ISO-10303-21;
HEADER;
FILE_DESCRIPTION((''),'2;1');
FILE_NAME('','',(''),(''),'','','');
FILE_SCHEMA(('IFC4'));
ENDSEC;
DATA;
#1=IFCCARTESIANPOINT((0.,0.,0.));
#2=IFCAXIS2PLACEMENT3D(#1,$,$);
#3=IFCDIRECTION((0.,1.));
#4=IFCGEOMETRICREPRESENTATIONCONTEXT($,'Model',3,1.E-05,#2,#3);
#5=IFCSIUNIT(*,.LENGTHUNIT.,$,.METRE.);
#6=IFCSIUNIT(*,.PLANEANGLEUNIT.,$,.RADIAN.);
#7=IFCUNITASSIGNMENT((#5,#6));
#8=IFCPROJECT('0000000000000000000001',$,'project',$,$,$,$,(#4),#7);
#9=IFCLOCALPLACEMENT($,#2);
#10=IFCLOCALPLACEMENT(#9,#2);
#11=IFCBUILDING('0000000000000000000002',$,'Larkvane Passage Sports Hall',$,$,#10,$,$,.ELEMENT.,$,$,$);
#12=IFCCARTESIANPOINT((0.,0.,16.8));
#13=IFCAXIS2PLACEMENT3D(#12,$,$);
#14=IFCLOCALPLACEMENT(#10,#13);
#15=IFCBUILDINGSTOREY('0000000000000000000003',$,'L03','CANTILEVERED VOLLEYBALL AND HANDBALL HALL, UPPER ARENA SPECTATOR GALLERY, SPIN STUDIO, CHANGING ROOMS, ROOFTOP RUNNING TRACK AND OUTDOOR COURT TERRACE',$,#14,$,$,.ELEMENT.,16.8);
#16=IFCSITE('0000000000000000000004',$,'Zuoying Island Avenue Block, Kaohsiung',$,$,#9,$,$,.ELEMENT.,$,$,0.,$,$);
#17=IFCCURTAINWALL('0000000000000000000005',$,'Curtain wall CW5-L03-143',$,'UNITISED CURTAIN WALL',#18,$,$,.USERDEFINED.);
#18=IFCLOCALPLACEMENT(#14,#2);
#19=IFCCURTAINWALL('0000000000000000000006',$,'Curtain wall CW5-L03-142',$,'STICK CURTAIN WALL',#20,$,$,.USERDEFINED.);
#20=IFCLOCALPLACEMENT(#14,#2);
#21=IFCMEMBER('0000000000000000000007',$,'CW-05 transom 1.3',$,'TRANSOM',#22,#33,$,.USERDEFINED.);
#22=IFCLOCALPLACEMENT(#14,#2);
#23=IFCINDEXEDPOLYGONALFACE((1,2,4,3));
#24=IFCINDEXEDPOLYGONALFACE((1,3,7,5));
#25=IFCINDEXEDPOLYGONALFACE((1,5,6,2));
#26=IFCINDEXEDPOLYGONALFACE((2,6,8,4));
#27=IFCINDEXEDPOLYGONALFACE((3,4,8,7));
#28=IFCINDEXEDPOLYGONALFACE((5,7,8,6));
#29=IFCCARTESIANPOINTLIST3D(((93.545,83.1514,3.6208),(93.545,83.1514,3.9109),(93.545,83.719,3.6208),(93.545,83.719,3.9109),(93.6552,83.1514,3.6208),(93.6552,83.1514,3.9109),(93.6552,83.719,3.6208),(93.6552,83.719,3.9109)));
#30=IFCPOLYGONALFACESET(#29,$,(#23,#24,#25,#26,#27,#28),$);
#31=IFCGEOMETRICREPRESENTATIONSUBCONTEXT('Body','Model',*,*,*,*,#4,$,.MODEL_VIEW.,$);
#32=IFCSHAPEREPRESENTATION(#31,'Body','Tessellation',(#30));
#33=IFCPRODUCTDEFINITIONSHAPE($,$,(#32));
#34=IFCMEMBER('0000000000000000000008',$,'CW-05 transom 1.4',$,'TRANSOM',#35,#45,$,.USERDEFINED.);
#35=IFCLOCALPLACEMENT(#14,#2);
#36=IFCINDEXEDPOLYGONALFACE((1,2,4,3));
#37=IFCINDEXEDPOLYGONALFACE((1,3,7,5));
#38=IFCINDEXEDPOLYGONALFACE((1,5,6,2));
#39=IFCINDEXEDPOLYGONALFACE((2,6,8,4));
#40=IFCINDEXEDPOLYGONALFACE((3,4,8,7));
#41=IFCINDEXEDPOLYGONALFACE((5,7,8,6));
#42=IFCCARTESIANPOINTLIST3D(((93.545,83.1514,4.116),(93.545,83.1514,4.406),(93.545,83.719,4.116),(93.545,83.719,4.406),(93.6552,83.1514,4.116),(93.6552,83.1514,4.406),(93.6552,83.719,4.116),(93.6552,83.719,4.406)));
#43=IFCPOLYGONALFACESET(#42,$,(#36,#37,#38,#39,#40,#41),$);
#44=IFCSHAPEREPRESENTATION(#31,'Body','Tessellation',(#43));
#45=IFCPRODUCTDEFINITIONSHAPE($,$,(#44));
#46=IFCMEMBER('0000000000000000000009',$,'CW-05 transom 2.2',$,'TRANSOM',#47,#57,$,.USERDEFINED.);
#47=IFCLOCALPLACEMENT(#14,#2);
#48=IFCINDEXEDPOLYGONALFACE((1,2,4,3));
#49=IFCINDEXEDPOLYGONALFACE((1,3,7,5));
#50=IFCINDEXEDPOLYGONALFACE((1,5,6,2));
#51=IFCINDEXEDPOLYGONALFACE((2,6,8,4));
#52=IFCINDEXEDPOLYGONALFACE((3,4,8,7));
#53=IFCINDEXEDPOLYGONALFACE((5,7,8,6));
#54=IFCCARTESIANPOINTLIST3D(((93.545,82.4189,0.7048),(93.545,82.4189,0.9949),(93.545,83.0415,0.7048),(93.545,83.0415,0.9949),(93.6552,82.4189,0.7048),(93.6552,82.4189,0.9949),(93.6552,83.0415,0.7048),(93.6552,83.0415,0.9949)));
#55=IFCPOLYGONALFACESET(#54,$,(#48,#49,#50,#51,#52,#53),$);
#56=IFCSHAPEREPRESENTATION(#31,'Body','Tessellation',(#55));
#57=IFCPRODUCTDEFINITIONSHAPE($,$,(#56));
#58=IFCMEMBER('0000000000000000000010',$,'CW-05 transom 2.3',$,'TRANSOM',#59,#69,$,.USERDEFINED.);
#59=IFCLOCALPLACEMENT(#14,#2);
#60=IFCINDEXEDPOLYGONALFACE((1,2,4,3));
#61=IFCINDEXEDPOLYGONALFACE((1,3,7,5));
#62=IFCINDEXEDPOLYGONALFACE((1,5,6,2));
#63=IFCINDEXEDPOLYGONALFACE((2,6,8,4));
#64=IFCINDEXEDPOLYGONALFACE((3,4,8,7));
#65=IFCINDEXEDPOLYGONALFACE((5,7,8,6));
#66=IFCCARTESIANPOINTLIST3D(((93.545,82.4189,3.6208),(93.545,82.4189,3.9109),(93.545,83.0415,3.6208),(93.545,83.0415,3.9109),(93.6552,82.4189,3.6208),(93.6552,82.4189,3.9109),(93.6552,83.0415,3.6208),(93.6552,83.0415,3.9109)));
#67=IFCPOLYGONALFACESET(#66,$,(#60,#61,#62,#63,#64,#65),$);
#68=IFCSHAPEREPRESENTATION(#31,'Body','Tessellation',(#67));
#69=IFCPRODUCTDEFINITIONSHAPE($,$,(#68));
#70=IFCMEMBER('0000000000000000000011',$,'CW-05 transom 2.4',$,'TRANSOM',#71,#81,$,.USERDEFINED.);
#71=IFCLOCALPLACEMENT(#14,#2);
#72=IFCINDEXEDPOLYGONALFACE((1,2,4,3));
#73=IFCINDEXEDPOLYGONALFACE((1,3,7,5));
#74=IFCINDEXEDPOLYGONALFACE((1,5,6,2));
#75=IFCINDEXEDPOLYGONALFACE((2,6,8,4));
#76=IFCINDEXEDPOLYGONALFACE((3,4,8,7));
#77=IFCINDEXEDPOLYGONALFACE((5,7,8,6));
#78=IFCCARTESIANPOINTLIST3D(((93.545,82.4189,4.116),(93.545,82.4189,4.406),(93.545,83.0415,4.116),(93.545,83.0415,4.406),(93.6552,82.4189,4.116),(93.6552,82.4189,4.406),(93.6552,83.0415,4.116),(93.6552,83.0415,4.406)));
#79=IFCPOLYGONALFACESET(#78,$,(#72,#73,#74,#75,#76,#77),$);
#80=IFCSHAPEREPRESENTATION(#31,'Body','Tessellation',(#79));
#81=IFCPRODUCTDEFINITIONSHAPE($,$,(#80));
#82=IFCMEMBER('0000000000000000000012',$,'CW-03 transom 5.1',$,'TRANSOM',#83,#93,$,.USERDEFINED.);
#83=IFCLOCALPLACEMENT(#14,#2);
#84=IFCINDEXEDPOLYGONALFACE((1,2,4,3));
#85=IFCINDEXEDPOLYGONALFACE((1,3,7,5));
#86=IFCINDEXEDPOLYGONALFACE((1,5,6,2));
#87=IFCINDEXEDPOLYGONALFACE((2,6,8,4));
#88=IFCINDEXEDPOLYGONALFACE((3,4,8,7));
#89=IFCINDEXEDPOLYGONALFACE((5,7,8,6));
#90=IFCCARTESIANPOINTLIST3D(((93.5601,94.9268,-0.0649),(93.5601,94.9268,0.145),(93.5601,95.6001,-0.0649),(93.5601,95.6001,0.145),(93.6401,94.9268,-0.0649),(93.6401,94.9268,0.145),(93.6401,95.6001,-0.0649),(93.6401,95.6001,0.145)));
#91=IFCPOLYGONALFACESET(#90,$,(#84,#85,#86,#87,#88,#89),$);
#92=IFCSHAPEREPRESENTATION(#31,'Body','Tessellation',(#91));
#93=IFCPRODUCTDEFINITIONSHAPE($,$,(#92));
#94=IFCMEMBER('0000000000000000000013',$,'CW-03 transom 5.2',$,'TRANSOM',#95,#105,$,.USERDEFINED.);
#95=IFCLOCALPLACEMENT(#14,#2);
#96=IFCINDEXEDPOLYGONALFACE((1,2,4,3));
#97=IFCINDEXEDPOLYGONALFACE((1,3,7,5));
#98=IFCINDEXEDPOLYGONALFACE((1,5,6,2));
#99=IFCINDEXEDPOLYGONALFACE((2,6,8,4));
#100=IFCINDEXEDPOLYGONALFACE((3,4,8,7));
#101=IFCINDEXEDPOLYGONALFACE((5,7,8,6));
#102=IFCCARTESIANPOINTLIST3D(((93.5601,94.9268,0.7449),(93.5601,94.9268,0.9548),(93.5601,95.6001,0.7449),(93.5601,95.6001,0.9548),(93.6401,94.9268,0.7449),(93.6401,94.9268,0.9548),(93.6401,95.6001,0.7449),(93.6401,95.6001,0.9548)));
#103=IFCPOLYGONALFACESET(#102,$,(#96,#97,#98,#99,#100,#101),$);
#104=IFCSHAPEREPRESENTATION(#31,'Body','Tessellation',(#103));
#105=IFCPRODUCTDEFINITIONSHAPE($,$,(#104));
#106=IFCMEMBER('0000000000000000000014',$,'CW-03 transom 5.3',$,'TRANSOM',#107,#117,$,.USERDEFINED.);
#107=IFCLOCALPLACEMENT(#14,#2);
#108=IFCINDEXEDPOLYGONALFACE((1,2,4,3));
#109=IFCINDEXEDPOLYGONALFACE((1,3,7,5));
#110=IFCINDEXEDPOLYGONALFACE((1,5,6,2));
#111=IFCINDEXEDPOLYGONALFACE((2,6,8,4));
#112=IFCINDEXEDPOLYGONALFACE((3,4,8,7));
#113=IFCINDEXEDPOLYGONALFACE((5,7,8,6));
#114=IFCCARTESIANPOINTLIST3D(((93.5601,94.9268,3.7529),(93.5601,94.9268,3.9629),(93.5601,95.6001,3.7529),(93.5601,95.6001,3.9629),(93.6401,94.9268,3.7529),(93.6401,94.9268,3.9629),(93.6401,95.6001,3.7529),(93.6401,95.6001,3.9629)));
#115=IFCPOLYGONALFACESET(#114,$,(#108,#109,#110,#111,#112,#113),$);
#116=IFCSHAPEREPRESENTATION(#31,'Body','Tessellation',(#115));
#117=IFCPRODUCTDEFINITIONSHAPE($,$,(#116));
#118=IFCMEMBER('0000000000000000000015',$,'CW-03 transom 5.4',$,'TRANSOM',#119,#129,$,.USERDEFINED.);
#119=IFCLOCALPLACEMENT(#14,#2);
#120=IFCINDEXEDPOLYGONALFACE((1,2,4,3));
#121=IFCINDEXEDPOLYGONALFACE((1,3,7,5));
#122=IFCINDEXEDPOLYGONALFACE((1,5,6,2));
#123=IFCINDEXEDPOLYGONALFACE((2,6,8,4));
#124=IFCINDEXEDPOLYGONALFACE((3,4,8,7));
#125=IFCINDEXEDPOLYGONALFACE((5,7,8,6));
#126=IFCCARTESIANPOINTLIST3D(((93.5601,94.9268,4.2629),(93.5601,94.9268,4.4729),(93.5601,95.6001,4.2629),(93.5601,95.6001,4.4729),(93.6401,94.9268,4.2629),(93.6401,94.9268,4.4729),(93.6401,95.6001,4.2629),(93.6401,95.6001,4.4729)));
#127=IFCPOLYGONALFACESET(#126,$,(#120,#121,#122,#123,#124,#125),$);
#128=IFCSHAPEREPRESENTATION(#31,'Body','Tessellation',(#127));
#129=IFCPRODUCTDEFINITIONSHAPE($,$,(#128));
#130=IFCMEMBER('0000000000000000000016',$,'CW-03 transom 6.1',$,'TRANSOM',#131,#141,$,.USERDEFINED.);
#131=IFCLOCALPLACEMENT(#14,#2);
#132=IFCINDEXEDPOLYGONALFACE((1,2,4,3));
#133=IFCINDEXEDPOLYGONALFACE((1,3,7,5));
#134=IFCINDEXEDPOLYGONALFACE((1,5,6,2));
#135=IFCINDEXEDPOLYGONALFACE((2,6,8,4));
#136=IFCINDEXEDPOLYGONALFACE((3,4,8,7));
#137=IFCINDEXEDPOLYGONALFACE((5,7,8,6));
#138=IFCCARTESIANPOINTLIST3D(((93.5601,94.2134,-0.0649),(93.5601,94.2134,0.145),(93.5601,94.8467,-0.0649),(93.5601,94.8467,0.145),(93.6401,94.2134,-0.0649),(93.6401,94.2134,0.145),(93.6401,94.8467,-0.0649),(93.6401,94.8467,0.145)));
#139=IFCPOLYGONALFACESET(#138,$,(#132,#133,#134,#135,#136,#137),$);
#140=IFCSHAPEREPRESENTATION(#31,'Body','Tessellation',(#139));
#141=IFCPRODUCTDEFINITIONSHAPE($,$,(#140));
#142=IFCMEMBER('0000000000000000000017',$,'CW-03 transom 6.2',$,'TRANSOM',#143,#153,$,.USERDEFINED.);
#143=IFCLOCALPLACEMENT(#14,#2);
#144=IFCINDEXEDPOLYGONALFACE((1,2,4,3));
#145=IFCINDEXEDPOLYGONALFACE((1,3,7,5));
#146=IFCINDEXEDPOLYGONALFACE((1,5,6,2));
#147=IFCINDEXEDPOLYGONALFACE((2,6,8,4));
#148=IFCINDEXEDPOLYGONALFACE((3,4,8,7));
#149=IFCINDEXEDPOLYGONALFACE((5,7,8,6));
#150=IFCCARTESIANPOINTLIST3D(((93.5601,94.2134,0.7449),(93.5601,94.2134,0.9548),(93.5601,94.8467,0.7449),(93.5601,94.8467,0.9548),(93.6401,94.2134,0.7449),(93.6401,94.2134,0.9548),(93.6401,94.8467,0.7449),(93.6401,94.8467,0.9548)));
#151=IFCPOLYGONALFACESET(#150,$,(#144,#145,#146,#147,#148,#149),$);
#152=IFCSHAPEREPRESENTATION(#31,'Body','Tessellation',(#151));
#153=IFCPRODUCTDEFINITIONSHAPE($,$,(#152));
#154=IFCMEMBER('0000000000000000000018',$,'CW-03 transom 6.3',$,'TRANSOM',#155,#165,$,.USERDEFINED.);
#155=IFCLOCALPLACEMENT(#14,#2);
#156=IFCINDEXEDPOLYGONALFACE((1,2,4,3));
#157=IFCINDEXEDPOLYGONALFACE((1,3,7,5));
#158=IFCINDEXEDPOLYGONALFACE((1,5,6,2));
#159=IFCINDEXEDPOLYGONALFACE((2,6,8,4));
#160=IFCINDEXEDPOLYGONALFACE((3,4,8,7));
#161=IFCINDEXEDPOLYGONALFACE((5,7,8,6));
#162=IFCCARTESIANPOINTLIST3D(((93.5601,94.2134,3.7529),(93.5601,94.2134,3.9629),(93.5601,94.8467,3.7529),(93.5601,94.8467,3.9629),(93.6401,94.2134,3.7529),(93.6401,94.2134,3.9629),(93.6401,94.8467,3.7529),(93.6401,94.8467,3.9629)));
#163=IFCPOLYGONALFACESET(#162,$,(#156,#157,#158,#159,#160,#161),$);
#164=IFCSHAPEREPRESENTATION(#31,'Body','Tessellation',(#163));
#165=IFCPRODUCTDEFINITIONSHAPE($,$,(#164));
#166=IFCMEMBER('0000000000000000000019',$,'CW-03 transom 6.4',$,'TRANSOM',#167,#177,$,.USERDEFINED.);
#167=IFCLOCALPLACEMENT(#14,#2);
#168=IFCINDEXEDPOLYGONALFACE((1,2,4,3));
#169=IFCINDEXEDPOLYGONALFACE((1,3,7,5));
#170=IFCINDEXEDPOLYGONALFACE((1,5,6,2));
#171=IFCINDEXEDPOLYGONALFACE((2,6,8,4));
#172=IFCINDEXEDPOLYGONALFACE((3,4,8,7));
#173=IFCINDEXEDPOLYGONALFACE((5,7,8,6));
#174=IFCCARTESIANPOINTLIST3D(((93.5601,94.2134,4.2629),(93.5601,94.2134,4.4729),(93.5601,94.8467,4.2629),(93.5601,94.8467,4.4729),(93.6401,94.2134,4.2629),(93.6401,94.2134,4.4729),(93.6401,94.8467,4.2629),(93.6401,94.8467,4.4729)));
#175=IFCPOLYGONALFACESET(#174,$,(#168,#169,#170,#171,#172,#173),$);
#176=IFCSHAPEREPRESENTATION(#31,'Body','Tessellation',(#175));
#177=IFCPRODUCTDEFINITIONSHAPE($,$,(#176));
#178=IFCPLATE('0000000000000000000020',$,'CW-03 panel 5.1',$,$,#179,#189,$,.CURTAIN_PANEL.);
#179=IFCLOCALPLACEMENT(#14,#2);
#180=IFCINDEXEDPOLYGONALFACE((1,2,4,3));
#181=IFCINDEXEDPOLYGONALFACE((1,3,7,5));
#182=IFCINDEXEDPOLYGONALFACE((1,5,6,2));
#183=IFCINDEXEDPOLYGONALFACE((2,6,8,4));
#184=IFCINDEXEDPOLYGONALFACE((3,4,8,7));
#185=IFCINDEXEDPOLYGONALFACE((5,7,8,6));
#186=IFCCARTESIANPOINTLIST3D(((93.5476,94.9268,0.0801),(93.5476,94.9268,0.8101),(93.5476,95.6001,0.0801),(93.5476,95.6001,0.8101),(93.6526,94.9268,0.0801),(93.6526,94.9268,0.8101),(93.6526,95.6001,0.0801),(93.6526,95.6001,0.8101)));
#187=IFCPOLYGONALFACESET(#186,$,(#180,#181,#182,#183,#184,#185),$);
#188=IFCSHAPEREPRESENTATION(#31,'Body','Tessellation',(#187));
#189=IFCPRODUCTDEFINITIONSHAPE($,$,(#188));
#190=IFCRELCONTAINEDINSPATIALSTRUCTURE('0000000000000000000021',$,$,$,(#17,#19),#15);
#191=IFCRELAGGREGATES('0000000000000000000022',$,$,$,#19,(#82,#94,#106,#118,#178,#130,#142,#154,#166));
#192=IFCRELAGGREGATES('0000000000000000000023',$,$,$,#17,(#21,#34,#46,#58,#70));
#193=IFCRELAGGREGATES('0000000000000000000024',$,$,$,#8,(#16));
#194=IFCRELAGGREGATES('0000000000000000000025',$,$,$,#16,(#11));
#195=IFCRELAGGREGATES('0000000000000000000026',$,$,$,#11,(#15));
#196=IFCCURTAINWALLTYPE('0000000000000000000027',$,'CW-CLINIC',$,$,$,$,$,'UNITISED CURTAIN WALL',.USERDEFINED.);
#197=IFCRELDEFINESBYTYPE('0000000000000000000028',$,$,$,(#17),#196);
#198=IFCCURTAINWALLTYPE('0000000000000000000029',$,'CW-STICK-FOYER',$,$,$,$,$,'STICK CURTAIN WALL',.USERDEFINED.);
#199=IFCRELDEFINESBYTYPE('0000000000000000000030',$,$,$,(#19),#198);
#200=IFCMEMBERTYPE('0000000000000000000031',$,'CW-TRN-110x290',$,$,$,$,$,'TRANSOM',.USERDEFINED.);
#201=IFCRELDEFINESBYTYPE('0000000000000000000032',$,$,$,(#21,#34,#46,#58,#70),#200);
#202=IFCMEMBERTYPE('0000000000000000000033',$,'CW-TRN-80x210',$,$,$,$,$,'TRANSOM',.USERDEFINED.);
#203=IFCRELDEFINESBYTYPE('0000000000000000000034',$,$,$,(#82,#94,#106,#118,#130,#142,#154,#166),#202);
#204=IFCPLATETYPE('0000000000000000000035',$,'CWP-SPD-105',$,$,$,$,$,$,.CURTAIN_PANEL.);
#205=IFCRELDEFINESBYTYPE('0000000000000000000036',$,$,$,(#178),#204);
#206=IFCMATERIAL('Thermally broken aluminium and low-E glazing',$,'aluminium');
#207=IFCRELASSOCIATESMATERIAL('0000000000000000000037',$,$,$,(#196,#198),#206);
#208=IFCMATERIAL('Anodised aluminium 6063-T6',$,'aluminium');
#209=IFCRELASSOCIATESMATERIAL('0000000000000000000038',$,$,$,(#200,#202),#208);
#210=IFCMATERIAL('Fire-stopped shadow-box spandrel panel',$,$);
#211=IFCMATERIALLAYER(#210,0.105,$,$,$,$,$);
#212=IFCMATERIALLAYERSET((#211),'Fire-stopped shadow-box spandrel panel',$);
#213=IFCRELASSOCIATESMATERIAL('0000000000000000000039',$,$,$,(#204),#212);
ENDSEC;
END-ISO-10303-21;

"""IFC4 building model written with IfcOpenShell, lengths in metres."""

from ifc_helpers import new_model, si_unit, direction, frame, origin, origin_2d, place, context, subcontext, project, spatial, rectangle, extrude, material, layer, layer_set, material_profile, profile_set, type_object, element, aggregate, save


model = new_model("IFC4")

# Units and contexts
model_context = context("Model", 3, precision=1e-05, world=origin(), true_north=direction((0.0, 1.0)))
body_context = subcontext(model_context, "Body", "Model", "MODEL_VIEW")
ifc_project = project(units=[si_unit("LENGTHUNIT", "METRE"), si_unit("PLANEANGLEUNIT", "RADIAN")], contexts=[model_context])

# Site, building, storey
site_placement = place(None, origin())
site = spatial("IfcSite", under=ifc_project, at=site_placement, Name="Zuoying Island Avenue Block, Kaohsiung", CompositionType="ELEMENT", RefElevation=0.0)
building_placement = place(site_placement, origin())
building = spatial("IfcBuilding", under=site, at=building_placement, Name="Larkvane Passage Sports Hall", CompositionType="ELEMENT")
storey_placement = place(building_placement, frame((0.0, 0.0, 16.8)))
storey = spatial("IfcBuildingStorey", under=building, at=storey_placement, Name="L03", Description="CANTILEVERED VOLLEYBALL AND HANDBALL HALL, UPPER ARENA SPECTATOR GALLERY, SPIN STUDIO, CHANGING ROOMS, ROOFTOP RUNNING TRACK AND OUTDOOR COURT TERRACE", CompositionType="ELEMENT", Elevation=16.8)

# Curtain walls
ifc_material_1 = material(Name="Thermally broken aluminium and low-E glazing", Category="aluminium")
curtain_wall_type_1 = type_object("IfcCurtainWallType", Name="CW-CLINIC", ElementType="UNITISED CURTAIN WALL", PredefinedType="USERDEFINED", material=ifc_material_1)
curtain_wall_1_placement = place(storey_placement, origin())
curtain_wall_1 = element("IfcCurtainWall", 1, at=curtain_wall_1_placement, inside=storey, type_object=curtain_wall_type_1, Name="Curtain wall CW5-L03-143", ObjectType="UNITISED CURTAIN WALL", PredefinedType="USERDEFINED")
ifc_material_2 = material(Name="Anodised aluminium 6063-T6", Category="aluminium")
curtain_wall_type_2 = type_object("IfcCurtainWallType", Name="CW-STICK-FOYER", ElementType="STICK CURTAIN WALL", PredefinedType="USERDEFINED", material=ifc_material_1)
curtain_wall_2_placement = place(storey_placement, origin())
curtain_wall_2 = element("IfcCurtainWall", 2, at=curtain_wall_2_placement, inside=storey, type_object=curtain_wall_type_2, Name="Curtain wall CW5-L03-142", ObjectType="STICK CURTAIN WALL", PredefinedType="USERDEFINED")

# Members
ifc_material_profile_1 = material_profile(ifc_material_2, rectangle(XDim=0.1101, YDim=0.29, at=origin_2d()), Name="ALU-TRN-110x290")
ifc_profile_set_1 = profile_set([ifc_material_profile_1], Name="Anodised aluminium 6063-T6")
member_type_1 = type_object("IfcMemberType", Name="CW-TRN-110x290", ElementType="TRANSOM", PredefinedType="USERDEFINED", material=ifc_profile_set_1)
member_1_placement = place(storey_placement, frame((93.6001, 83.719, 3.7659), z_axis=(0.0, -1.0, 0.0), x_axis=(1.0, 0.0, 0.0)))
member_1 = element("IfcMember", 3, at=member_1_placement, type_object=member_type_1, Name="CW-05 transom 1.3", ObjectType="TRANSOM", PredefinedType="USERDEFINED", context=body_context, shape_type="SweptSolid", body=[
    extrude(rectangle(XDim=0.1101, YDim=0.29, at=origin_2d()), origin(), (0.0, 0.0, 1.0), 0.5676),
])
member_2_placement = place(storey_placement, frame((93.6001, 83.719, 4.261), z_axis=(0.0, -1.0, 0.0), x_axis=(1.0, 0.0, 0.0)))
member_2 = element("IfcMember", 4, at=member_2_placement, type_object=member_type_1, Name="CW-05 transom 1.4", ObjectType="TRANSOM", PredefinedType="USERDEFINED", context=body_context, shape_type="SweptSolid", body=[
    extrude(rectangle(XDim=0.1101, YDim=0.29, at=origin_2d()), origin(), (0.0, 0.0, 1.0), 0.5676),
])
member_3_placement = place(storey_placement, frame((93.6001, 83.0415, 0.8499), z_axis=(0.0, -1.0, 0.0), x_axis=(1.0, 0.0, 0.0)))
member_3 = element("IfcMember", 5, at=member_3_placement, type_object=member_type_1, Name="CW-05 transom 2.2", ObjectType="TRANSOM", PredefinedType="USERDEFINED", context=body_context, shape_type="SweptSolid", body=[
    extrude(rectangle(XDim=0.1101, YDim=0.29, at=origin_2d()), origin(), (0.0, 0.0, 1.0), 0.6226),
])
member_4_placement = place(storey_placement, frame((93.6001, 83.0415, 3.7659), z_axis=(0.0, -1.0, 0.0), x_axis=(1.0, 0.0, 0.0)))
member_4 = element("IfcMember", 6, at=member_4_placement, type_object=member_type_1, Name="CW-05 transom 2.3", ObjectType="TRANSOM", PredefinedType="USERDEFINED", context=body_context, shape_type="SweptSolid", body=[
    extrude(rectangle(XDim=0.1101, YDim=0.29, at=origin_2d()), origin(), (0.0, 0.0, 1.0), 0.6226),
])
member_5_placement = place(storey_placement, frame((93.6001, 83.0415, 4.261), z_axis=(0.0, -1.0, 0.0), x_axis=(1.0, 0.0, 0.0)))
member_5 = element("IfcMember", 7, at=member_5_placement, type_object=member_type_1, Name="CW-05 transom 2.4", ObjectType="TRANSOM", PredefinedType="USERDEFINED", context=body_context, shape_type="SweptSolid", body=[
    extrude(rectangle(XDim=0.1101, YDim=0.29, at=origin_2d()), origin(), (0.0, 0.0, 1.0), 0.6226),
])
ifc_material_profile_2 = material_profile(ifc_material_2, rectangle(XDim=0.0801, YDim=0.21, at=origin_2d()), Name="ALU-TRN-80x210")
ifc_profile_set_2 = profile_set([ifc_material_profile_2], Name="Anodised aluminium 6063-T6")
member_type_2 = type_object("IfcMemberType", Name="CW-TRN-80x210", ElementType="TRANSOM", PredefinedType="USERDEFINED", material=ifc_profile_set_2)
member_6_placement = place(storey_placement, frame((93.6001, 95.6001, 0.04), z_axis=(0.0, -1.0, 0.0), x_axis=(1.0, 0.0, 0.0)))
member_6 = element("IfcMember", 8, at=member_6_placement, type_object=member_type_2, Name="CW-03 transom 5.1", ObjectType="TRANSOM", PredefinedType="USERDEFINED", context=body_context, shape_type="SweptSolid", body=[
    extrude(rectangle(XDim=0.0801, YDim=0.21, at=origin_2d()), origin(), (0.0, 0.0, 1.0), 0.6733),
])
member_7_placement = place(storey_placement, frame((93.6001, 95.6001, 0.8499), z_axis=(0.0, -1.0, 0.0), x_axis=(1.0, 0.0, 0.0)))
member_7 = element("IfcMember", 9, at=member_7_placement, type_object=member_type_2, Name="CW-03 transom 5.2", ObjectType="TRANSOM", PredefinedType="USERDEFINED", context=body_context, shape_type="SweptSolid", body=[
    extrude(rectangle(XDim=0.0801, YDim=0.21, at=origin_2d()), origin(), (0.0, 0.0, 1.0), 0.6733),
])
member_8_placement = place(storey_placement, frame((93.6001, 95.6001, 3.8579), z_axis=(0.0, -1.0, 0.0), x_axis=(1.0, 0.0, 0.0)))
member_8 = element("IfcMember", 10, at=member_8_placement, type_object=member_type_2, Name="CW-03 transom 5.3", ObjectType="TRANSOM", PredefinedType="USERDEFINED", context=body_context, shape_type="SweptSolid", body=[
    extrude(rectangle(XDim=0.0801, YDim=0.21, at=origin_2d()), origin(), (0.0, 0.0, 1.0), 0.6733),
])
member_9_placement = place(storey_placement, frame((93.6001, 95.6001, 4.3679), z_axis=(0.0, -1.0, 0.0), x_axis=(1.0, 0.0, 0.0)))
member_9 = element("IfcMember", 11, at=member_9_placement, type_object=member_type_2, Name="CW-03 transom 5.4", ObjectType="TRANSOM", PredefinedType="USERDEFINED", context=body_context, shape_type="SweptSolid", body=[
    extrude(rectangle(XDim=0.0801, YDim=0.21, at=origin_2d()), origin(), (0.0, 0.0, 1.0), 0.6733),
])
member_10_placement = place(storey_placement, frame((93.6001, 94.8467, 0.04), z_axis=(0.0, -1.0, 0.0), x_axis=(1.0, 0.0, 0.0)))
member_10 = element("IfcMember", 12, at=member_10_placement, type_object=member_type_2, Name="CW-03 transom 6.1", ObjectType="TRANSOM", PredefinedType="USERDEFINED", context=body_context, shape_type="SweptSolid", body=[
    extrude(rectangle(XDim=0.0801, YDim=0.21, at=origin_2d()), origin(), (0.0, 0.0, 1.0), 0.6333),
])
member_11_placement = place(storey_placement, frame((93.6001, 94.8467, 0.8499), z_axis=(0.0, -1.0, 0.0), x_axis=(1.0, 0.0, 0.0)))
member_11 = element("IfcMember", 13, at=member_11_placement, type_object=member_type_2, Name="CW-03 transom 6.2", ObjectType="TRANSOM", PredefinedType="USERDEFINED", context=body_context, shape_type="SweptSolid", body=[
    extrude(rectangle(XDim=0.0801, YDim=0.21, at=origin_2d()), origin(), (0.0, 0.0, 1.0), 0.6333),
])
member_12_placement = place(storey_placement, frame((93.6001, 94.8467, 3.8579), z_axis=(0.0, -1.0, 0.0), x_axis=(1.0, 0.0, 0.0)))
member_12 = element("IfcMember", 14, at=member_12_placement, type_object=member_type_2, Name="CW-03 transom 6.3", ObjectType="TRANSOM", PredefinedType="USERDEFINED", context=body_context, shape_type="SweptSolid", body=[
    extrude(rectangle(XDim=0.0801, YDim=0.21, at=origin_2d()), origin(), (0.0, 0.0, 1.0), 0.6333),
])
member_13_placement = place(storey_placement, frame((93.6001, 94.8467, 4.3679), z_axis=(0.0, -1.0, 0.0), x_axis=(1.0, 0.0, 0.0)))
member_13 = element("IfcMember", 15, at=member_13_placement, type_object=member_type_2, Name="CW-03 transom 6.4", ObjectType="TRANSOM", PredefinedType="USERDEFINED", context=body_context, shape_type="SweptSolid", body=[
    extrude(rectangle(XDim=0.0801, YDim=0.21, at=origin_2d()), origin(), (0.0, 0.0, 1.0), 0.6333),
])

# Plate
ifc_material_3 = material(Name="Fire-stopped shadow-box spandrel panel")
ifc_layer_1 = layer(ifc_material_3, 0.105)
ifc_layer_set_1 = layer_set([ifc_layer_1], Name="Fire-stopped shadow-box spandrel panel")
plate_type_1 = type_object("IfcPlateType", Name="CWP-SPD-105", PredefinedType="CURTAIN_PANEL", material=ifc_layer_set_1)
plate_1_placement = place(storey_placement, frame((93.6001, 95.2634, 0.0801), z_axis=(0.0, 0.0, 1.0), x_axis=(0.0, -1.0, 0.0)))
plate_1 = element("IfcPlate", 16, at=plate_1_placement, type_object=plate_type_1, Name="CW-03 panel 5.1", PredefinedType="CURTAIN_PANEL", context=body_context, shape_type="SweptSolid", body=[
    extrude(rectangle(XDim=0.6733, YDim=0.105, at=origin_2d()), origin(), (0.0, 0.0, 1.0), 0.73),
])
aggregate(curtain_wall_2, [member_6, member_7, member_8, member_9, plate_1, member_10, member_11, member_12, member_13])
aggregate(curtain_wall_1, [member_1, member_2, member_3, member_4, member_5])

save(model, "model.ifc")
